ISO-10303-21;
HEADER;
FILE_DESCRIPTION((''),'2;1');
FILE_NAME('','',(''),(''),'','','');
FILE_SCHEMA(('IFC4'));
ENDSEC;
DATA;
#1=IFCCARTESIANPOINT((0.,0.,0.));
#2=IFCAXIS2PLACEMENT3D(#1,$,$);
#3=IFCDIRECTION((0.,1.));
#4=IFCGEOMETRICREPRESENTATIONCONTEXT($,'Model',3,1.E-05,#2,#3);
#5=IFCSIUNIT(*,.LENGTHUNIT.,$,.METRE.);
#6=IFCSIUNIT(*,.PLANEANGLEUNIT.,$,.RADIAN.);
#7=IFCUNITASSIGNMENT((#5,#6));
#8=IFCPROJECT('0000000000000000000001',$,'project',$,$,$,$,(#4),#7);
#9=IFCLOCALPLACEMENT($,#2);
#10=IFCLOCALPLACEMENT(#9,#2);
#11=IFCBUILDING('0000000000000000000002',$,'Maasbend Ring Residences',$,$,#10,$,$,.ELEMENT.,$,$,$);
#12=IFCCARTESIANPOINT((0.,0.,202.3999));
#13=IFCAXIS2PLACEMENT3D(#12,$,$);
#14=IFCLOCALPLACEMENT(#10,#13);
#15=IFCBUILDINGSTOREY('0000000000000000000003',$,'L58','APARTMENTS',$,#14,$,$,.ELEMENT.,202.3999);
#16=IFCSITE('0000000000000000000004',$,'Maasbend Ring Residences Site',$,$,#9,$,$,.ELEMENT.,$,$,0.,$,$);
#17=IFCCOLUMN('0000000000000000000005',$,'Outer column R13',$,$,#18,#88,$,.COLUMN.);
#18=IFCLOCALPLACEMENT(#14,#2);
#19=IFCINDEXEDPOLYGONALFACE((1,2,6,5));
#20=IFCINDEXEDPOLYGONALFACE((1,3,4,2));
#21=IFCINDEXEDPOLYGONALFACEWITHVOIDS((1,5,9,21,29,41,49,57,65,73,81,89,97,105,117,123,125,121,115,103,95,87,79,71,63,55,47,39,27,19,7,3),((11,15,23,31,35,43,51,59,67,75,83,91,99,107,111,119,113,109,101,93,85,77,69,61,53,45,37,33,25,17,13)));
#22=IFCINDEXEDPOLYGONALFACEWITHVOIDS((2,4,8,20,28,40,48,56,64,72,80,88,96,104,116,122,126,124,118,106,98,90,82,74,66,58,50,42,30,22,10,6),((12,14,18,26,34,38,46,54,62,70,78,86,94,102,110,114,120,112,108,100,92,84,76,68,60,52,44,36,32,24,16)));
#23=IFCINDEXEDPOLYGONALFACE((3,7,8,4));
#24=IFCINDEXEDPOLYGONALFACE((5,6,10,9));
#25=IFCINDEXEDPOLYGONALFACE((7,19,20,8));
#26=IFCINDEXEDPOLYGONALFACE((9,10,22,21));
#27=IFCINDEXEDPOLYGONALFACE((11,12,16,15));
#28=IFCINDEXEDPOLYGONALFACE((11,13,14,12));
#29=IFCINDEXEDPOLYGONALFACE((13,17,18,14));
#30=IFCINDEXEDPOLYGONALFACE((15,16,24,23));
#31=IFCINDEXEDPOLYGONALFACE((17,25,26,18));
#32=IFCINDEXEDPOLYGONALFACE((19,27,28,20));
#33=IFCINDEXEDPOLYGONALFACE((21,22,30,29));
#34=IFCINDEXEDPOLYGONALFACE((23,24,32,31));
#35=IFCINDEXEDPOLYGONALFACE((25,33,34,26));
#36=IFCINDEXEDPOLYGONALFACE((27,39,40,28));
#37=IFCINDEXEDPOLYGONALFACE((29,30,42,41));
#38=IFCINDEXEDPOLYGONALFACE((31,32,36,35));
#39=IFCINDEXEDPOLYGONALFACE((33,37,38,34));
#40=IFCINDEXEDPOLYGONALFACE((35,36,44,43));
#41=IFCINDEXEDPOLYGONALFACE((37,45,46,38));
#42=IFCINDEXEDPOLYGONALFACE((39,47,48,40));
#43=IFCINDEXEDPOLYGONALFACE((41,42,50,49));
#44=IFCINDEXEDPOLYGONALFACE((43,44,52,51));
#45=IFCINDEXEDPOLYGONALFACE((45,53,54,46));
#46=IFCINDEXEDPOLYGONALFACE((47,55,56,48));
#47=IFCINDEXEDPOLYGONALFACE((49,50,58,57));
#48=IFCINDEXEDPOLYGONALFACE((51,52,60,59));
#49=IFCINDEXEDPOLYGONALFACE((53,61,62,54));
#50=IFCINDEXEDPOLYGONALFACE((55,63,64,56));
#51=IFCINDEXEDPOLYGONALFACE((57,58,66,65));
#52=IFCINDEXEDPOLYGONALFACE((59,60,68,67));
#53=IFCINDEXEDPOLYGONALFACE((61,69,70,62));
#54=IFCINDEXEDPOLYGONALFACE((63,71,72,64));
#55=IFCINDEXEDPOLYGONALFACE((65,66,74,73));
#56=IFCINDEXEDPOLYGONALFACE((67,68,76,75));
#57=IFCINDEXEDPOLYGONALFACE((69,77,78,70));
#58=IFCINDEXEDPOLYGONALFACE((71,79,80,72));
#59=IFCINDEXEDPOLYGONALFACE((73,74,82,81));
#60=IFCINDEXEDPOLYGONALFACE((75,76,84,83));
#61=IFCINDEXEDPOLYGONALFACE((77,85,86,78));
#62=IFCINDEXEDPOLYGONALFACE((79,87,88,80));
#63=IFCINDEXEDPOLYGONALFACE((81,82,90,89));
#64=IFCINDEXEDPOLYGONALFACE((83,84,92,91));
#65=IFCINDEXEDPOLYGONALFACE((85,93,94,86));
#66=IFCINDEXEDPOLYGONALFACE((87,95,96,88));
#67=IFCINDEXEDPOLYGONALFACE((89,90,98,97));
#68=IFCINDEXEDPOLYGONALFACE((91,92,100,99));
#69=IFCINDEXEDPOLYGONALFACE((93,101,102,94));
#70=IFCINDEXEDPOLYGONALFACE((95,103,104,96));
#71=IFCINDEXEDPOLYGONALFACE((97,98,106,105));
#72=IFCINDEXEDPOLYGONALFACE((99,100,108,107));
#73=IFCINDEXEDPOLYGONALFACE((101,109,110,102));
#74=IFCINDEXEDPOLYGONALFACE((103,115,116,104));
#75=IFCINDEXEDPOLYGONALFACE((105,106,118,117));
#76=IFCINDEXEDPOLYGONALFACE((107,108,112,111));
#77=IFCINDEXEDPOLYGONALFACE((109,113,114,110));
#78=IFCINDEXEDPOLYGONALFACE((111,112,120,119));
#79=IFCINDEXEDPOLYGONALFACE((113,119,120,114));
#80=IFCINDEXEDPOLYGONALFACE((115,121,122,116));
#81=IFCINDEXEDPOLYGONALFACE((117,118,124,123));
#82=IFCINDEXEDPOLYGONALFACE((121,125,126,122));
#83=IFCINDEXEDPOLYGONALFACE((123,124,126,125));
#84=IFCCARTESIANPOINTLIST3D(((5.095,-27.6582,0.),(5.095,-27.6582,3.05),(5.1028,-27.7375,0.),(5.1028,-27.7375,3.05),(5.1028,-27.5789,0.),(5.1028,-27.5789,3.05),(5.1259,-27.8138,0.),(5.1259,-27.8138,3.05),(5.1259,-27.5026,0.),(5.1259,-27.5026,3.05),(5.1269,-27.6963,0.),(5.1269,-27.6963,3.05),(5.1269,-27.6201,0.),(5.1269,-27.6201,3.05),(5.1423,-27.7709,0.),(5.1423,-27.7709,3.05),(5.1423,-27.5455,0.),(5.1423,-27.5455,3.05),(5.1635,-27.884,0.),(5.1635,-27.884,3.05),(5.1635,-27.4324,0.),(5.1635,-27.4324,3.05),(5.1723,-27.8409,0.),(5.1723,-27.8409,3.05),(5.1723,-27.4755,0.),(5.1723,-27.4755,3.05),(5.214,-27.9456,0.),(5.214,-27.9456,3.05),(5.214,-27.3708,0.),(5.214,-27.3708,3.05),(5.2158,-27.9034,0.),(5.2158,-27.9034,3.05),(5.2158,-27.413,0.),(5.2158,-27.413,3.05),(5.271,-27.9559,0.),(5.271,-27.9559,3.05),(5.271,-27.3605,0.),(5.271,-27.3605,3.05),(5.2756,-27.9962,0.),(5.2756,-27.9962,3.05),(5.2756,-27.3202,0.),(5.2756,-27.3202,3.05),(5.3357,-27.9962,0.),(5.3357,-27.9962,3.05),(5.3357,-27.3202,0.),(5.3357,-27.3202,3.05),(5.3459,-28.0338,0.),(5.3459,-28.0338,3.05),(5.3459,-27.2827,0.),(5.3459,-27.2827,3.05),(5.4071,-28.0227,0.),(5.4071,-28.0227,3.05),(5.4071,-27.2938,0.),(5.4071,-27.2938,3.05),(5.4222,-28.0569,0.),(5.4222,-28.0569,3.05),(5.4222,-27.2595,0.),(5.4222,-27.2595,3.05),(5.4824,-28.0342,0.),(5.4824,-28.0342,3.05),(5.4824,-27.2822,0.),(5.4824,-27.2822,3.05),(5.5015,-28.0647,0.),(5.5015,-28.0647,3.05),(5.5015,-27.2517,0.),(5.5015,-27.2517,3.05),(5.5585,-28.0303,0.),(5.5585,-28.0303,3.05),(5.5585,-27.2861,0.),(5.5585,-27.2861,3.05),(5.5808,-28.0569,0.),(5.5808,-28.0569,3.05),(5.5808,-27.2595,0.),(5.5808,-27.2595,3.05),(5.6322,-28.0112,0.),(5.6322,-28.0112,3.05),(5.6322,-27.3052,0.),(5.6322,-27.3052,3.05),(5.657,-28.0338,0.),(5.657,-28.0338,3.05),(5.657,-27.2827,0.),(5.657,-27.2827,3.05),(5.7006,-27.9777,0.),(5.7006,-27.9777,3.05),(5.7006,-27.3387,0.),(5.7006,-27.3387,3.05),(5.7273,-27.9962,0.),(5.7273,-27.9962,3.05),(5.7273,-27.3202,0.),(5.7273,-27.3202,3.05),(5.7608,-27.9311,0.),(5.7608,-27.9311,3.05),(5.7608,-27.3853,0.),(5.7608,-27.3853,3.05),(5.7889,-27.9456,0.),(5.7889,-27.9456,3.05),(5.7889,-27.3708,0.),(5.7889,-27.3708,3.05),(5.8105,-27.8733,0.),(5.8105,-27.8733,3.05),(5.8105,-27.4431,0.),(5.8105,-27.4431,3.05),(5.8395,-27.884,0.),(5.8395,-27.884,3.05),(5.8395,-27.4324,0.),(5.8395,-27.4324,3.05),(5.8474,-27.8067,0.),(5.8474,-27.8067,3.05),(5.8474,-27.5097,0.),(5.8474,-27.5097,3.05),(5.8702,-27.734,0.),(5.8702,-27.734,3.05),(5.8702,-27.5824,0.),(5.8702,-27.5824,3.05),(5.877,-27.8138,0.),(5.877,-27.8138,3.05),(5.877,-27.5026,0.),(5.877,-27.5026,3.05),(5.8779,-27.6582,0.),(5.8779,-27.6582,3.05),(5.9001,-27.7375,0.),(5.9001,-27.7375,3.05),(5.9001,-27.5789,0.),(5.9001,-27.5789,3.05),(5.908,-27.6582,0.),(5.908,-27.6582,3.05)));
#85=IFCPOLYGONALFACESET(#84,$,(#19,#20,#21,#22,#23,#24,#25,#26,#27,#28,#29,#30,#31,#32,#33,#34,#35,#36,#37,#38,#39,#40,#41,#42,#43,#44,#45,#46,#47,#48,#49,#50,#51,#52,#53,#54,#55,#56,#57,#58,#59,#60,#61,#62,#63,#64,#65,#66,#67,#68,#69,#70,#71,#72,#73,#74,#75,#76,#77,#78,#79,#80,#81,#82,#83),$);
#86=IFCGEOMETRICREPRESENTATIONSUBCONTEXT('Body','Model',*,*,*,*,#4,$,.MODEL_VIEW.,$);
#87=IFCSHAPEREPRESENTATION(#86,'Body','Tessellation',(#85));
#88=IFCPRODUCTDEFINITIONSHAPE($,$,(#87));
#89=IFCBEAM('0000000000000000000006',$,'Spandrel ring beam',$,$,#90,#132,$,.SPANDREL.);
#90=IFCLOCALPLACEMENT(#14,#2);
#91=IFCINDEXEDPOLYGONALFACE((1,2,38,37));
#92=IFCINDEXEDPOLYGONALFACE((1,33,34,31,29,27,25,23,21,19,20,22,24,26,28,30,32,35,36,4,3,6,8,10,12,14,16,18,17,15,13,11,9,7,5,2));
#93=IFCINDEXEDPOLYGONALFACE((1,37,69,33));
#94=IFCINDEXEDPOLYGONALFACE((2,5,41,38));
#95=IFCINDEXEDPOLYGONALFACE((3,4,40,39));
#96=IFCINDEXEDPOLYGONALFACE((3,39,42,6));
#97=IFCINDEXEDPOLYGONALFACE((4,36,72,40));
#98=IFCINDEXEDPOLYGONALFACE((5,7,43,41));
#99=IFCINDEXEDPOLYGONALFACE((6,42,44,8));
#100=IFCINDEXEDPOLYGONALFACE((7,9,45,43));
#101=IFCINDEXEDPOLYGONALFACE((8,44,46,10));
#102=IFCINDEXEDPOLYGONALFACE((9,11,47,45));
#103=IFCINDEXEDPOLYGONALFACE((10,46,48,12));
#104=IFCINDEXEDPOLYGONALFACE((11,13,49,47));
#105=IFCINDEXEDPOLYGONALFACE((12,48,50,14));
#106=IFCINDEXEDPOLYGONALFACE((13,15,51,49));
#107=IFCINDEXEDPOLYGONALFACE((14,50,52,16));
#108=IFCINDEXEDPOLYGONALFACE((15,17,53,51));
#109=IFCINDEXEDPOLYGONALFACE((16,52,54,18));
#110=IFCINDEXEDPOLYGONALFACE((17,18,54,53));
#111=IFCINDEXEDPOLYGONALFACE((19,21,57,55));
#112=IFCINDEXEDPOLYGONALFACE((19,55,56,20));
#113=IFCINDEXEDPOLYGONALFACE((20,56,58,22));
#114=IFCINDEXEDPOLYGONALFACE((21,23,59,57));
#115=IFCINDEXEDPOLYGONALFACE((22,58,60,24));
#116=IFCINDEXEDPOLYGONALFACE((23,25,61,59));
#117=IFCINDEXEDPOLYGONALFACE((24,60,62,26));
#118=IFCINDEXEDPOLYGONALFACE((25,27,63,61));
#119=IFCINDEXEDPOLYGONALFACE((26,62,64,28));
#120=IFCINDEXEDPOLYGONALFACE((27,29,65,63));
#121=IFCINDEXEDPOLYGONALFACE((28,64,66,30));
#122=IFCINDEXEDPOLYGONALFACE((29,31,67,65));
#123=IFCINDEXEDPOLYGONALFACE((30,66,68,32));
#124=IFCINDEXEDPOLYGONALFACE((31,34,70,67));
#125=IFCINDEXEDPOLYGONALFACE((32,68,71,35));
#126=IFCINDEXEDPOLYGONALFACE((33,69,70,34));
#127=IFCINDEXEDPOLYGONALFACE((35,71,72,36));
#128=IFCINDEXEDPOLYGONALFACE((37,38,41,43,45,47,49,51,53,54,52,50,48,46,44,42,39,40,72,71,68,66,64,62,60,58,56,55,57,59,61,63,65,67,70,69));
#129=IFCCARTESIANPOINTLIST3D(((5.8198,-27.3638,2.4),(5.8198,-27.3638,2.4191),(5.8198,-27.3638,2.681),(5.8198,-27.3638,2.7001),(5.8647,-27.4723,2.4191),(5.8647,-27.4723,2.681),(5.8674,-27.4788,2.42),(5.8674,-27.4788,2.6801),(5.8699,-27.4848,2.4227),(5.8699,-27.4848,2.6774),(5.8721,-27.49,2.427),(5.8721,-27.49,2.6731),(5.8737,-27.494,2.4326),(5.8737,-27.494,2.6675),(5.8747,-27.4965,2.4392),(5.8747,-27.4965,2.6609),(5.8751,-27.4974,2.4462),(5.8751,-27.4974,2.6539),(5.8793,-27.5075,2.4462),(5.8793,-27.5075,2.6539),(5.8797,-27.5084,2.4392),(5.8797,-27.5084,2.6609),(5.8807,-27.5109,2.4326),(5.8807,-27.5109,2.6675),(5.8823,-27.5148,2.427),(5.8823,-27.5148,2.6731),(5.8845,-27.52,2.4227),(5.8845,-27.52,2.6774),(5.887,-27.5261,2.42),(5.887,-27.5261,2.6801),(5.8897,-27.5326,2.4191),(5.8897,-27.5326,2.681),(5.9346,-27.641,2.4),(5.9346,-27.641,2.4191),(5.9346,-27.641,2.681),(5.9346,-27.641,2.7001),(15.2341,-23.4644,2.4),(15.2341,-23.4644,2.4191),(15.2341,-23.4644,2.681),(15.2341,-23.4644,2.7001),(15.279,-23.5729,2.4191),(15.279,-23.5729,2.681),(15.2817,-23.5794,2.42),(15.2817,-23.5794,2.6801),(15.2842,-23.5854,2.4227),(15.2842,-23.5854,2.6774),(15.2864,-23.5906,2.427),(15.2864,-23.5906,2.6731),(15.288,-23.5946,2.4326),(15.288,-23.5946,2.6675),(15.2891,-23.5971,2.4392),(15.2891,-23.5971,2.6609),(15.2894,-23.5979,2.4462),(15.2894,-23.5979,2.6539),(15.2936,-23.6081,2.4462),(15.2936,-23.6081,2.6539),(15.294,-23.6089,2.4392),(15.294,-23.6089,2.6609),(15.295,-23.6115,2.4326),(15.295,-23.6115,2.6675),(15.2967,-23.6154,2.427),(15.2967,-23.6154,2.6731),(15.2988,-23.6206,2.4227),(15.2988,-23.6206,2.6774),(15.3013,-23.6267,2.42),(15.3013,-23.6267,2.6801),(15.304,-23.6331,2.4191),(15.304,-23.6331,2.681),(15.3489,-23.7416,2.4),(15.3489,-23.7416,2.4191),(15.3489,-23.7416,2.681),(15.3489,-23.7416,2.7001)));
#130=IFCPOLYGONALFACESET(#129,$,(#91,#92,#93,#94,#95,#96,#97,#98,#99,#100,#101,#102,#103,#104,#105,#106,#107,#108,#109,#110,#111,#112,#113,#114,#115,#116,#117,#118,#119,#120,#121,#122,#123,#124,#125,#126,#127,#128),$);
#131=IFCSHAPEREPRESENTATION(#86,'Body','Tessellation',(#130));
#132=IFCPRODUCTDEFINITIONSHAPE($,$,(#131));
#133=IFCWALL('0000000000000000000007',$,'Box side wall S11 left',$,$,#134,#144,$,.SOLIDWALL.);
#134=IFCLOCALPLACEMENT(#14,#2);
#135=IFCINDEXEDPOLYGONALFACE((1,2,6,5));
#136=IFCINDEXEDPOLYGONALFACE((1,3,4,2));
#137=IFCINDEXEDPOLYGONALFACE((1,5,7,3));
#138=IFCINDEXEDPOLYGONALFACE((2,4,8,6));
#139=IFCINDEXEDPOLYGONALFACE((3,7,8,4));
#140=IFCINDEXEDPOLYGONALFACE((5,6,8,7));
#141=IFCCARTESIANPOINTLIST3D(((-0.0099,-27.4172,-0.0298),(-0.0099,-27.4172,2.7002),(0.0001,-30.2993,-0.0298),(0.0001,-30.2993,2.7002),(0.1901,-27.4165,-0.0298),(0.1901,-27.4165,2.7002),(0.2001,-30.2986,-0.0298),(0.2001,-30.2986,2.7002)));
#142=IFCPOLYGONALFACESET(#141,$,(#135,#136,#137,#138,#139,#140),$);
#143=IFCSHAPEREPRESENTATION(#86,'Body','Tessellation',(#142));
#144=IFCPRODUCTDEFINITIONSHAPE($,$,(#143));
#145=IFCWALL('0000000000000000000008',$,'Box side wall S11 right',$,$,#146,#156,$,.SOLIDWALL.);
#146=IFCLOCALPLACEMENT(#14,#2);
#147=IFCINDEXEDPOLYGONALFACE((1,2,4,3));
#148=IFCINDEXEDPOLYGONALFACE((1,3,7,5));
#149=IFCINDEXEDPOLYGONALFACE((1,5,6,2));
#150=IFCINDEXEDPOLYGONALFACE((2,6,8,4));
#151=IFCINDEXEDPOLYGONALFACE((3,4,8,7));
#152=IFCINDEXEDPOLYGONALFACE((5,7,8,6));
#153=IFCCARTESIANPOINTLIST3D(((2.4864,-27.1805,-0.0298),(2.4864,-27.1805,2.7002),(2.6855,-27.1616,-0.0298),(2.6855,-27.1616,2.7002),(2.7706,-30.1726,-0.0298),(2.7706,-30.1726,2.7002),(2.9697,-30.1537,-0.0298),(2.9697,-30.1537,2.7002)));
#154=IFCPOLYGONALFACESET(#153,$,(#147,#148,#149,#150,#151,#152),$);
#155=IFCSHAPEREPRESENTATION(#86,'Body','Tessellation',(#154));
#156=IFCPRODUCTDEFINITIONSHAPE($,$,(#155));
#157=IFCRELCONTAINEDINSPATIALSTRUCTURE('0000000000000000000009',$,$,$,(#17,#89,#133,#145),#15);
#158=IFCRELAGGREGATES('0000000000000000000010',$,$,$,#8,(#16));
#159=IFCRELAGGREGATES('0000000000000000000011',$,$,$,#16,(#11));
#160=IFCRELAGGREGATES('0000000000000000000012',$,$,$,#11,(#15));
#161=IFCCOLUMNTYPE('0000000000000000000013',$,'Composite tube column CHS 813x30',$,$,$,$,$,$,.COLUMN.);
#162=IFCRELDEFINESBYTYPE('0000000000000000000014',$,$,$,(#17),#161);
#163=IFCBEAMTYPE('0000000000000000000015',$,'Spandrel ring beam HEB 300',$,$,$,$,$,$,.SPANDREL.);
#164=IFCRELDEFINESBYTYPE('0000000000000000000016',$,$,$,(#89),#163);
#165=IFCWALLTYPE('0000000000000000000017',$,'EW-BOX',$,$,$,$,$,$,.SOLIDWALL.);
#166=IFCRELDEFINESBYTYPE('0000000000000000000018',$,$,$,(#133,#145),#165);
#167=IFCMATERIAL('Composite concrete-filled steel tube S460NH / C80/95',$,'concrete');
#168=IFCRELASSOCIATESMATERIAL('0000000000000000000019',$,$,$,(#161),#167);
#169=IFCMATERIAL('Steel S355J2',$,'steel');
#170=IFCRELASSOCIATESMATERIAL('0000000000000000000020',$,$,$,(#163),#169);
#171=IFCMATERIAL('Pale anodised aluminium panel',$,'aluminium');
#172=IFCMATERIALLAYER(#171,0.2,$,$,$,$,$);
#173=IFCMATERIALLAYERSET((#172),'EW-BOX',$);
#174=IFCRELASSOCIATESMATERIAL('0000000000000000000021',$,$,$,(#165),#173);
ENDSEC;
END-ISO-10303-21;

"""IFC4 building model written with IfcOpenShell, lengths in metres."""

from ifc_helpers import new_model, si_unit, direction, frame, frame_2d, origin, origin_2d, place, context, subcontext, project, spatial, rectangle, hollow_circle, i_section, extrude, material, layer, layer_set, material_profile, profile_set, type_object, element, save


model = new_model("IFC4")

# Units and contexts
model_context = context("Model", 3, precision=1e-05, world=origin(), true_north=direction((0.0, 1.0)))
body_context = subcontext(model_context, "Body", "Model", "MODEL_VIEW")
ifc_project = project(units=[si_unit("LENGTHUNIT", "METRE"), si_unit("PLANEANGLEUNIT", "RADIAN")], contexts=[model_context])

# Site, building, storey
site_placement = place(None, origin())
site = spatial("IfcSite", under=ifc_project, at=site_placement, Name="Maasbend Ring Residences Site", CompositionType="ELEMENT", RefElevation=0.0)
building_placement = place(site_placement, origin())
building = spatial("IfcBuilding", under=site, at=building_placement, Name="Maasbend Ring Residences", CompositionType="ELEMENT")
storey_placement = place(building_placement, frame((0.0, 0.0, 202.3999)))
storey = spatial("IfcBuildingStorey", under=building, at=storey_placement, Name="L58", Description="APARTMENTS", CompositionType="ELEMENT", Elevation=202.3999)

# Column
ifc_material_1 = material(Name="Composite concrete-filled steel tube S460NH / C80/95", Category="concrete")
ifc_material_profile_1 = material_profile(ifc_material_1, hollow_circle(Radius=0.4065, WallThickness=0.03, at=origin_2d()), Name="Composite tube column CHS 813x30")
ifc_profile_set_1 = profile_set([ifc_material_profile_1], Name="Composite concrete-filled steel tube S460NH / C80/95")
column_type = type_object("IfcColumnType", Name="Composite tube column CHS 813x30", PredefinedType="COLUMN", material=ifc_profile_set_1)
column_placement = place(storey_placement, frame((5.5015, -27.6582, 0.0), z_axis=(0.0, 0.0, 1.0), x_axis=(1.0, 0.0, 0.0)))
element("IfcColumn", 1, at=column_placement, inside=storey, type_object=column_type, Name="Outer column R13", PredefinedType="COLUMN", context=body_context, shape_type="SweptSolid", body=[
    extrude(hollow_circle(Radius=0.4065, WallThickness=0.03, at=origin_2d()), origin(), (0.0, 0.0, 1.0), 3.05),
])

# Beam
ifc_material_2 = material(Name="Steel S355J2", Category="steel")
ifc_material_profile_2 = material_profile(ifc_material_2, i_section(OverallWidth=0.3, OverallDepth=0.3, WebThickness=0.011, FlangeThickness=0.019, FilletRadius=0.0271, at=origin_2d()), Name="HEB 300")
ifc_profile_set_2 = profile_set([ifc_material_profile_2], Name="Steel S355J2")
beam_type = type_object("IfcBeamType", Name="Spandrel ring beam HEB 300", PredefinedType="SPANDREL", material=ifc_profile_set_2)
beam_placement = place(storey_placement, frame((5.8772, -27.5024, 2.55), z_axis=(0.923884, 0.382673, 0.0), x_axis=(-0.382673, 0.923884, 0.0)))
element("IfcBeam", 2, at=beam_placement, inside=storey, type_object=beam_type, Name="Spandrel ring beam", PredefinedType="SPANDREL", context=body_context, shape_type="SweptSolid", body=[
    extrude(i_section(OverallWidth=0.3, OverallDepth=0.3, WebThickness=0.011, FlangeThickness=0.019, FilletRadius=0.0271, at=origin_2d()), origin(), (0.0, 0.0, 1.0), 10.1899),
])

# Walls
ifc_material_3 = material(Name="Pale anodised aluminium panel", Category="aluminium")
ifc_layer_1 = layer(ifc_material_3, 0.2)
ifc_layer_set_1 = layer_set([ifc_layer_1], Name="EW-BOX")
wall_type_1 = type_object("IfcWallType", Name="EW-BOX", PredefinedType="SOLIDWALL", material=ifc_layer_set_1)
wall_1_placement = place(storey_placement, frame((0.0901, -27.417, -0.0298), z_axis=(0.0, 0.0, 1.0), x_axis=(0.003473, -0.999994, 0.0)))
element("IfcWall", 3, at=wall_1_placement, inside=storey, type_object=wall_type_1, Name="Box side wall S11 left", PredefinedType="SOLIDWALL", context=body_context, shape_type="SweptSolid", body=[
    extrude(rectangle(XDim=2.8821, YDim=0.2, at=frame_2d((1.4409, 0.0))), origin(), (0.0, 0.0, 1.0), 2.73),
])
wall_2_placement = place(storey_placement, frame((2.5859, -27.1709, -0.0298), z_axis=(0.0, 0.0, 1.0), x_axis=(0.094548, -0.99552, 0.0)))
element("IfcWall", 4, at=wall_2_placement, inside=storey, type_object=wall_type_1, Name="Box side wall S11 right", PredefinedType="SOLIDWALL", context=body_context, shape_type="SweptSolid", body=[
    extrude(rectangle(XDim=3.0056, YDim=0.2, at=frame_2d((1.5029, 0.0))), origin(), (0.0, 0.0, 1.0), 2.73),
])

save(model, "model.ifc")
